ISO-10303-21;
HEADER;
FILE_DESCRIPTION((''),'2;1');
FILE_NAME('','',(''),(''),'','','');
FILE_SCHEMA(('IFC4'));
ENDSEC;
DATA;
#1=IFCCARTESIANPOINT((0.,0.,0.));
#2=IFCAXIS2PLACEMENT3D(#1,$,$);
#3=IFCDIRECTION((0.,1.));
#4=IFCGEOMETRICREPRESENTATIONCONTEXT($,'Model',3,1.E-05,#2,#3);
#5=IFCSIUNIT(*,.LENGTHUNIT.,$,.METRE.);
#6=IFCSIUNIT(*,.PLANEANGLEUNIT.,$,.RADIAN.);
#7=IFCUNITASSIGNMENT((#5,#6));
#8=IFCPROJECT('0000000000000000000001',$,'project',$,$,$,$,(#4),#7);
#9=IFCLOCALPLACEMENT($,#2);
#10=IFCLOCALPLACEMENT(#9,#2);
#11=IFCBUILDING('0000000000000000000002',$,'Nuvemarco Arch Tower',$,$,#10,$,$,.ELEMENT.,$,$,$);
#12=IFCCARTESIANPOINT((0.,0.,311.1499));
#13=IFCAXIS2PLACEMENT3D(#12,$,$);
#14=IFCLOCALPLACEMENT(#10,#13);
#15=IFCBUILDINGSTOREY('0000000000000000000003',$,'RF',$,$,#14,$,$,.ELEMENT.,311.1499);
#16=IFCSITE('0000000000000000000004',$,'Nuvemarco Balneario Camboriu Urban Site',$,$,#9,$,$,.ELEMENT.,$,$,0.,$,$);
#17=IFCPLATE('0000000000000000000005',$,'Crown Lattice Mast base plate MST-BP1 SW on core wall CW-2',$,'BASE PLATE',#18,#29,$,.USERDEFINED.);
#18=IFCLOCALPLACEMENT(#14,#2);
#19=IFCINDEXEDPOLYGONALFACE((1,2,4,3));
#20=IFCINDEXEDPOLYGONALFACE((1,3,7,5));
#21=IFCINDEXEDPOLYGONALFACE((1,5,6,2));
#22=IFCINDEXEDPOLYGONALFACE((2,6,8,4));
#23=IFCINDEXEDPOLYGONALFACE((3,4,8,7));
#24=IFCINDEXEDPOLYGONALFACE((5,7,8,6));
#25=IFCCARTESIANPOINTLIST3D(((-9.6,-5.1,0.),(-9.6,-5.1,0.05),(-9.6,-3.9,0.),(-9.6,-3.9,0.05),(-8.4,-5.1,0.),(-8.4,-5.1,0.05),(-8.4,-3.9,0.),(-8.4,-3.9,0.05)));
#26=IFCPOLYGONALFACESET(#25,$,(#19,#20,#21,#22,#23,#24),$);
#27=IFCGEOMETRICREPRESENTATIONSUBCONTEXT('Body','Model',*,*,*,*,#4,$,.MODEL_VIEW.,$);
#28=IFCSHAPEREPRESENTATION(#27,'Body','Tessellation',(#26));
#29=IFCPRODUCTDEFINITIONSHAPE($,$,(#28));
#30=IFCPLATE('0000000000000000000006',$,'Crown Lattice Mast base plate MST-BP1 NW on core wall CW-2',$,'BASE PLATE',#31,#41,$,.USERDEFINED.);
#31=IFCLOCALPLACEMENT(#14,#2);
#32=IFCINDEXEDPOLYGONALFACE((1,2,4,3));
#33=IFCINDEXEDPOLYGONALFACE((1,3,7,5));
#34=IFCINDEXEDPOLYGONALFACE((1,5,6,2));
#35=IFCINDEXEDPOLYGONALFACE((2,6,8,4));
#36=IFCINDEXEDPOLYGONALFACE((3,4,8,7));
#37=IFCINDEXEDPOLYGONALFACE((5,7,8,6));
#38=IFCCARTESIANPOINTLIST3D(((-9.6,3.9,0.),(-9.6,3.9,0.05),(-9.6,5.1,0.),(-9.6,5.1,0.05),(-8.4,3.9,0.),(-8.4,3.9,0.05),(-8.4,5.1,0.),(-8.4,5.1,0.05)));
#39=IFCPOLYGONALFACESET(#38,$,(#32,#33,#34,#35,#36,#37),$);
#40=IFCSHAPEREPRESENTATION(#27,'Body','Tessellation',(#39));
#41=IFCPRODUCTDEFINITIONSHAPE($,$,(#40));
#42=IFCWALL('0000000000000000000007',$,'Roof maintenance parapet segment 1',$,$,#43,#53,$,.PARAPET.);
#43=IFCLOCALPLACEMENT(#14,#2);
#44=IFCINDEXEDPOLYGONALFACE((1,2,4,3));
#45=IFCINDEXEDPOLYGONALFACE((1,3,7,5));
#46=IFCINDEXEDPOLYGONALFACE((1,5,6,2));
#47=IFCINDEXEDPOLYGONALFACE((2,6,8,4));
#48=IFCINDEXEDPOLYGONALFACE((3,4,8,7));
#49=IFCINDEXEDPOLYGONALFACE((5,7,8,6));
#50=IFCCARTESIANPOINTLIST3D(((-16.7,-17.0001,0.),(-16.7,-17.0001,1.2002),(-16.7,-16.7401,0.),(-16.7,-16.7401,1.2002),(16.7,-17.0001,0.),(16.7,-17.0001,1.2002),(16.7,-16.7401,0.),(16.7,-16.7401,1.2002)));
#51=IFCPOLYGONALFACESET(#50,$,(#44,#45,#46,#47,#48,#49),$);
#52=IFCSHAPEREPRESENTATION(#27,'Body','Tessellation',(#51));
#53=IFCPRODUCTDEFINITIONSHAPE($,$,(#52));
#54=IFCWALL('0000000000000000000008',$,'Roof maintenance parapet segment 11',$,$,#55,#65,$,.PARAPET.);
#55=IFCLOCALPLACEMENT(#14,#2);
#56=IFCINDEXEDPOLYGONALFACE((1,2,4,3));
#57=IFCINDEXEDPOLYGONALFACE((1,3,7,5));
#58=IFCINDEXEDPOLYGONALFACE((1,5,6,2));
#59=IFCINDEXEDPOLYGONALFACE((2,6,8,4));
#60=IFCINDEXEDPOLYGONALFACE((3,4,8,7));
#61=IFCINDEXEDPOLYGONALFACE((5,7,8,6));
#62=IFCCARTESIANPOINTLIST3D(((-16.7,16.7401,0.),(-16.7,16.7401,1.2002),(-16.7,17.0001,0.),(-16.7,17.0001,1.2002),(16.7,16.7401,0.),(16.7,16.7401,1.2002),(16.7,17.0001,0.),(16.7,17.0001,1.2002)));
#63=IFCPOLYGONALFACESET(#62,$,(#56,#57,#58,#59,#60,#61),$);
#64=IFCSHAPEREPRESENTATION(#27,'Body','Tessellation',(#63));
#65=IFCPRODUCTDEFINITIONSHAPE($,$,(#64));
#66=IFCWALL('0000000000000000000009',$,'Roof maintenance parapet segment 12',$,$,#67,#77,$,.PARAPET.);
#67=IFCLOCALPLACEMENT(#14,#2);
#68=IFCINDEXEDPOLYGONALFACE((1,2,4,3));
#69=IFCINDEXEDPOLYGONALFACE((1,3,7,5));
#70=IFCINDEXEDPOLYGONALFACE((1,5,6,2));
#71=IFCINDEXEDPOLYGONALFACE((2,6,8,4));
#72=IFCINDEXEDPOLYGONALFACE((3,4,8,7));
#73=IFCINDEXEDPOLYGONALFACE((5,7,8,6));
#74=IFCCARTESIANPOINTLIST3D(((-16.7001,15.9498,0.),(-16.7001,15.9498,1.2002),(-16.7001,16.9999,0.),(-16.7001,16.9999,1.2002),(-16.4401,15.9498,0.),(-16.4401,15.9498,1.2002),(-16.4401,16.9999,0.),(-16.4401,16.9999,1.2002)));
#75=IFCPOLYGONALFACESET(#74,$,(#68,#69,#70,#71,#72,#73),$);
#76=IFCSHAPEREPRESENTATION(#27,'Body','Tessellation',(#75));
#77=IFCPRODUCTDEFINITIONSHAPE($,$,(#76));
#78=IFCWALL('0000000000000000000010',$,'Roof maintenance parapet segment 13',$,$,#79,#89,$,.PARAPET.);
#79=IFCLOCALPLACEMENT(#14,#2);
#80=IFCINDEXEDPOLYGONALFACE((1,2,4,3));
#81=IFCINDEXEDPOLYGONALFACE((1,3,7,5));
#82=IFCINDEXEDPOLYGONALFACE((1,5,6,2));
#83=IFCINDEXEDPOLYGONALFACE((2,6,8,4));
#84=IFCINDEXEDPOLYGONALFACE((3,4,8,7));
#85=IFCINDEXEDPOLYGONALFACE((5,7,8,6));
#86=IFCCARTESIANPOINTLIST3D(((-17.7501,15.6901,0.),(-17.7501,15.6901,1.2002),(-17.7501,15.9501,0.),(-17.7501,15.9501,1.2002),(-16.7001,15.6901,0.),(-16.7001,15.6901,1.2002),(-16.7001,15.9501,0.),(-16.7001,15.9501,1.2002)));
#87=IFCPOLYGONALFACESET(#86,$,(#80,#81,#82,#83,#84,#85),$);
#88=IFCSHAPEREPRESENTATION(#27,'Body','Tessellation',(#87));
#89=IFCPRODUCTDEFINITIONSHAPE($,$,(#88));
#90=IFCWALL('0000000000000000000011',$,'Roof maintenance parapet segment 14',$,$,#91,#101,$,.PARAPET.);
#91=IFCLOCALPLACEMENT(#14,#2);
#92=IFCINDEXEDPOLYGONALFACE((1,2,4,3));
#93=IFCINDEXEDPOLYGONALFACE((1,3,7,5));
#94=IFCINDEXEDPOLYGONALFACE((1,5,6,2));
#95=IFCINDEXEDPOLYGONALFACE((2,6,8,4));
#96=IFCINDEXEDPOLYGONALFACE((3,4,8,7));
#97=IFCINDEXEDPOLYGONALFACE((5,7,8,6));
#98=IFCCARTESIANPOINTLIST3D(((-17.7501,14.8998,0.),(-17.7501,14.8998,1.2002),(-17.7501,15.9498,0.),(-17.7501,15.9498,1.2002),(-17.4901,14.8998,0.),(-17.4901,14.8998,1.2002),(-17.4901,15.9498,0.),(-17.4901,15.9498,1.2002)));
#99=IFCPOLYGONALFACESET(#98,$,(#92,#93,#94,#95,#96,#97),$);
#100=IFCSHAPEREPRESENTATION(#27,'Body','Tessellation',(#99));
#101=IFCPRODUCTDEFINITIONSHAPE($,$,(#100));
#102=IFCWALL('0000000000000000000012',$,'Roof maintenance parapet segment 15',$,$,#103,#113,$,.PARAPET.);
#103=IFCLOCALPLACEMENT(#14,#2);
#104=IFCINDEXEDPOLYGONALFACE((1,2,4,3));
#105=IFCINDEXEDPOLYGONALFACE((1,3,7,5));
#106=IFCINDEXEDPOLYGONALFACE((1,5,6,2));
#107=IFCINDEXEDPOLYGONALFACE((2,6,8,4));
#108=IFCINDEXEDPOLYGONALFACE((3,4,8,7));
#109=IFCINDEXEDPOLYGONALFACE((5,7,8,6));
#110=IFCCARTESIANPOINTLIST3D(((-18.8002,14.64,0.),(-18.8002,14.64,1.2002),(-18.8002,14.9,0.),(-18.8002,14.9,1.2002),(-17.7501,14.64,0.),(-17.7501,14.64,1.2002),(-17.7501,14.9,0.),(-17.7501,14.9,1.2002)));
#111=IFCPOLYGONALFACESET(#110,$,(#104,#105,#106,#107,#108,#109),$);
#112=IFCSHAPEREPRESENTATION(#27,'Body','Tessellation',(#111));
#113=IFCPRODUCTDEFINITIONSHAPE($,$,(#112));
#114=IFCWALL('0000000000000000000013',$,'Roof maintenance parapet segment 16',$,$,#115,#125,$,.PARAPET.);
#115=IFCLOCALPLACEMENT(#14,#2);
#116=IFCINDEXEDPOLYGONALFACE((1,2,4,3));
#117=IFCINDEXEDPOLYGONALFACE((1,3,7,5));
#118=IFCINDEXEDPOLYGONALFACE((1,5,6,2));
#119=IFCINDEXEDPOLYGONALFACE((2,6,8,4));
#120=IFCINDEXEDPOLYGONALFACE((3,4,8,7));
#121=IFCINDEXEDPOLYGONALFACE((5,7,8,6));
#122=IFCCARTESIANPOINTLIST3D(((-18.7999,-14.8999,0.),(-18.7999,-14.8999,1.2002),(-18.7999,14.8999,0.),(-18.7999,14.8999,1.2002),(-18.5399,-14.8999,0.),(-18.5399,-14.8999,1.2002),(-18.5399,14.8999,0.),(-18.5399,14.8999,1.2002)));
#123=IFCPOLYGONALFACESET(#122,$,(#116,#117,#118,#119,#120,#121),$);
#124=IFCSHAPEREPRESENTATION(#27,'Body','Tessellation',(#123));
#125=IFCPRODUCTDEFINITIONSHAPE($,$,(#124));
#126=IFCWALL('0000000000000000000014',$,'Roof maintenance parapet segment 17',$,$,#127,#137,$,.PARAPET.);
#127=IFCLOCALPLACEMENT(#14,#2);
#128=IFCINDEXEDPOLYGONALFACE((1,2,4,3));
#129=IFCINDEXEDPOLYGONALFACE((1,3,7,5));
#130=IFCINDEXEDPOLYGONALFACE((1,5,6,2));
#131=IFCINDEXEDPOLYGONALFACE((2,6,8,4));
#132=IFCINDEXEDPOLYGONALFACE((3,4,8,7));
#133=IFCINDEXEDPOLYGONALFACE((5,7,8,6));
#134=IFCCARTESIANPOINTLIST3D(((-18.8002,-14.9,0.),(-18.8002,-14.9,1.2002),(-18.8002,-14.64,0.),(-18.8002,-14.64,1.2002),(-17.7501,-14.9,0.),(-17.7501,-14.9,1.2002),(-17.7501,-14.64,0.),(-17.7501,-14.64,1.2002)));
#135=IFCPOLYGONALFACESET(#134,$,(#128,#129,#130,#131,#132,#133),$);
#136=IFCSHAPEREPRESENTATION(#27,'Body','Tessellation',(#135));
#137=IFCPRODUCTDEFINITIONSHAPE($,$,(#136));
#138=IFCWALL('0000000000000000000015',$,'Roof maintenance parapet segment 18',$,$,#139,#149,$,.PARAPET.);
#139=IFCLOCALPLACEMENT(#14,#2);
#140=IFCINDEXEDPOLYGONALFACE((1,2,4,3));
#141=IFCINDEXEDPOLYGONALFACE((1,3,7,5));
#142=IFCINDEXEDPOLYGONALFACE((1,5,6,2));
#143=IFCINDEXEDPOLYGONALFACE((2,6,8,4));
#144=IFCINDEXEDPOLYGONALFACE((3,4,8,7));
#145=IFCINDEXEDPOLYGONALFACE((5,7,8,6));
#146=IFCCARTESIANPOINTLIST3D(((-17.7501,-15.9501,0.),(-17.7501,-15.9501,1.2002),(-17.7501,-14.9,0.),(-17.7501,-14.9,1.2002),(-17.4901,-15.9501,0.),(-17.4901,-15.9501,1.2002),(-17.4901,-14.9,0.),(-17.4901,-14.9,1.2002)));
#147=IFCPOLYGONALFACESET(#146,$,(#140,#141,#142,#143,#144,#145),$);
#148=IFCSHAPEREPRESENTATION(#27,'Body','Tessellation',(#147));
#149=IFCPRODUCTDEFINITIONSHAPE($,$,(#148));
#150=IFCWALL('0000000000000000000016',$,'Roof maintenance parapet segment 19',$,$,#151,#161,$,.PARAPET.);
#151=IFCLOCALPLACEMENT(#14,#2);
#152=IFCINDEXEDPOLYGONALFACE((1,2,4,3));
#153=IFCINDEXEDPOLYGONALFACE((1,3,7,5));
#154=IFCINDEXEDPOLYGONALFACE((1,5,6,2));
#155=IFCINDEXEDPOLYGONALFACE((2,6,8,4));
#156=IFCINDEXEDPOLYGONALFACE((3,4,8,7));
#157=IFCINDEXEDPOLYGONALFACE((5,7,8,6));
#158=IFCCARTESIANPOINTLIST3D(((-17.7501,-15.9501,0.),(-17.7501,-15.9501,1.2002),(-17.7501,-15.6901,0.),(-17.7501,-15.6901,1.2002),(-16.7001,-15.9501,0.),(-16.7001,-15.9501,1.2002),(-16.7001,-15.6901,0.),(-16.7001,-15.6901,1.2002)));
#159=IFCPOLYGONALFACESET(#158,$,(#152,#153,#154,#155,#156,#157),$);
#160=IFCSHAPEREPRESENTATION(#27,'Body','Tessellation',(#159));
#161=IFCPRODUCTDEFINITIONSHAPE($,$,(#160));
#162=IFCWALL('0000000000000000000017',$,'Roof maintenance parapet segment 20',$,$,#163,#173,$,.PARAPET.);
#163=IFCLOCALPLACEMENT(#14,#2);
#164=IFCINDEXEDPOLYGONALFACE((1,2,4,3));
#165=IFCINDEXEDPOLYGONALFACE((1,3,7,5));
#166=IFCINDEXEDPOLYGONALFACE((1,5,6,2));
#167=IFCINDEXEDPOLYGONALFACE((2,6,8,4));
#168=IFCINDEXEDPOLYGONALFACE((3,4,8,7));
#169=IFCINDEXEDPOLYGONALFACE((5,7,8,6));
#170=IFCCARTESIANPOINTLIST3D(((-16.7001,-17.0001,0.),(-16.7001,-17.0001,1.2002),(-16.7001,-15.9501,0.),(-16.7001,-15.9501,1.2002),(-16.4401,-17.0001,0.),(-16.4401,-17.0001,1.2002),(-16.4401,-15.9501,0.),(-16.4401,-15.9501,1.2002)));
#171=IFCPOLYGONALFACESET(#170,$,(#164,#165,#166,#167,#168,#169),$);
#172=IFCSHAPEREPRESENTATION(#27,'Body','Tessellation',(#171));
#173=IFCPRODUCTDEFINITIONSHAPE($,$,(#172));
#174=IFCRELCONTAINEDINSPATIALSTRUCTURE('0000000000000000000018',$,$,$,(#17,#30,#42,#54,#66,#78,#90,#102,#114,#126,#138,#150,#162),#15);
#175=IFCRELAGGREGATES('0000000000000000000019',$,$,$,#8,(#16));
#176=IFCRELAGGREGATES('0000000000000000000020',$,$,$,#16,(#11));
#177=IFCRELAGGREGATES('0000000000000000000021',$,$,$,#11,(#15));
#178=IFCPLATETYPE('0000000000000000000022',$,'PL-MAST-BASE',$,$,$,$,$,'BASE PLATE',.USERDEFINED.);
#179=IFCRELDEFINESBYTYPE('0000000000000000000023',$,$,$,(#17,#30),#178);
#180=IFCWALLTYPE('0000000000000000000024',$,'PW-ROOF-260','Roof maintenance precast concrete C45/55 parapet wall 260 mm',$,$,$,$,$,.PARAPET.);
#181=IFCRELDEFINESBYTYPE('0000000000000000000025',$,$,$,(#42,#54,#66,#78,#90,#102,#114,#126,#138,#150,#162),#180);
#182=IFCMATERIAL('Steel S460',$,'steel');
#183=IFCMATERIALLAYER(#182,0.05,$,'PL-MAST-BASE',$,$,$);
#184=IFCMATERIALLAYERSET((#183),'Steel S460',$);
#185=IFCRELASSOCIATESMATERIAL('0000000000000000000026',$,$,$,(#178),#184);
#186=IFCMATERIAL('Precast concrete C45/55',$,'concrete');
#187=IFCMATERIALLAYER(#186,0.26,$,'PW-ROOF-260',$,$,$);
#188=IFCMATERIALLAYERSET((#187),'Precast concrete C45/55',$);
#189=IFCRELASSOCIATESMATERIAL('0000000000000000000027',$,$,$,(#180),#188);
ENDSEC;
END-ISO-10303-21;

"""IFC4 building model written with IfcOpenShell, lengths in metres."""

from ifc_helpers import new_model, si_unit, direction, frame, frame_2d, origin, origin_2d, place, context, subcontext, project, spatial, rectangle, extrude, source, transform, mapped, material, layer, layer_set, type_object, type_shapes, element, save


model = new_model("IFC4")

# Units and contexts
model_context = context("Model", 3, precision=1e-05, world=origin(), true_north=direction((0.0, 1.0)))
body_context = subcontext(model_context, "Body", "Model", "MODEL_VIEW")
ifc_project = project(units=[si_unit("LENGTHUNIT", "METRE"), si_unit("PLANEANGLEUNIT", "RADIAN")], contexts=[model_context])

# Site, building, storey
site_placement = place(None, origin())
site = spatial("IfcSite", under=ifc_project, at=site_placement, Name="Nuvemarco Balneario Camboriu Urban Site", CompositionType="ELEMENT", RefElevation=0.0)
building_placement = place(site_placement, origin())
building = spatial("IfcBuilding", under=site, at=building_placement, Name="Nuvemarco Arch Tower", CompositionType="ELEMENT")
storey_placement = place(building_placement, frame((0.0, 0.0, 311.1499)))
storey = spatial("IfcBuildingStorey", under=building, at=storey_placement, Name="RF", CompositionType="ELEMENT", Elevation=311.1499)

# Plates
ifc_material_1 = material(Name="Steel S460", Category="steel")
ifc_layer_1 = layer(ifc_material_1, 0.05, Name="PL-MAST-BASE")
ifc_layer_set_1 = layer_set([ifc_layer_1], Name="Steel S460")
plate_type_1 = type_object("IfcPlateType", Name="PL-MAST-BASE", ElementType="BASE PLATE", PredefinedType="USERDEFINED", material=ifc_layer_set_1)
shared_shape_1 = source(origin(), body_context, "Body", "SweptSolid", [
    extrude(rectangle(XDim=1.2, YDim=1.2, at=origin_2d()), origin(), (0.0, 0.0, 1.0), 0.05),
])
type_shapes(plate_type_1, [shared_shape_1])
for number, where, z_axis, x_axis, name in (
    (1, (-9.0, -4.5, 0.0), (0.0, 0.0, 1.0), (1.0, 0.0, 0.0), "Crown Lattice Mast base plate MST-BP1 SW on core wall CW-2"),
    (2, (-9.0, 4.5, 0.0), (0.0, 0.0, 1.0), (1.0, 0.0, 0.0), "Crown Lattice Mast base plate MST-BP1 NW on core wall CW-2"),
):
    element("IfcPlate", number, at=place(storey_placement, frame(where, z_axis=z_axis, x_axis=x_axis)), inside=storey, type_object=plate_type_1, Name=name, ObjectType="BASE PLATE", PredefinedType="USERDEFINED", context=body_context, shape_type="MappedRepresentation", body=[
        mapped(shared_shape_1, transform((0.0, 0.0, 0.0), scale=1.0)),
    ])

# Walls
ifc_material_2 = material(Name="Precast concrete C45/55", Category="concrete")
ifc_layer_2 = layer(ifc_material_2, 0.26, Name="PW-ROOF-260")
ifc_layer_set_2 = layer_set([ifc_layer_2], Name="Precast concrete C45/55")
wall_type = type_object("IfcWallType", Name="PW-ROOF-260", Description="Roof maintenance precast concrete C45/55 parapet wall 260 mm", PredefinedType="PARAPET", material=ifc_layer_set_2)
for number, where, z_axis, x_axis, name in (
    (3, (-16.7, -16.8701, 0.0), (0.0, 0.0, 1.0), (1.0, 0.0, 0.0), "Roof maintenance parapet segment 1"),
    (4, (-16.7, 16.8701, 0.0), (0.0, 0.0, 1.0), (1.0, 0.0, 0.0), "Roof maintenance parapet segment 11"),
):
    element("IfcWall", number, at=place(storey_placement, frame(where, z_axis=z_axis, x_axis=x_axis)), inside=storey, type_object=wall_type, Name=name, PredefinedType="PARAPET", context=body_context, shape_type="SweptSolid", body=[
        extrude(rectangle(XDim=33.3999, YDim=0.26, at=frame_2d((16.7, 0.0))), origin(), (0.0, 0.0, 1.0), 1.2002),
    ])
for number, where, z_axis, x_axis, name in (
    (5, (-16.5701, 15.95, 0.0), (0.0, 0.0, 1.0), (0.0, 1.0, 0.0), "Roof maintenance parapet segment 12"),
    (6, (-17.75, 15.8201, 0.0), (0.0, 0.0, 1.0), (1.0, 0.0, 0.0), "Roof maintenance parapet segment 13"),
    (7, (-17.6201, 14.8999, 0.0), (0.0, 0.0, 1.0), (0.0, 1.0, 0.0), "Roof maintenance parapet segment 14"),
    (8, (-18.8, 14.77, 0.0), (0.0, 0.0, 1.0), (1.0, 0.0, 0.0), "Roof maintenance parapet segment 15"),
):
    element("IfcWall", number, at=place(storey_placement, frame(where, z_axis=z_axis, x_axis=x_axis)), inside=storey, type_object=wall_type, Name=name, PredefinedType="PARAPET", context=body_context, shape_type="SweptSolid", body=[
        extrude(rectangle(XDim=1.05, YDim=0.26, at=frame_2d((0.5249, 0.0))), origin(), (0.0, 0.0, 1.0), 1.2002),
    ])
wall_placement = place(storey_placement, frame((-18.6699, -14.8999, 0.0), z_axis=(0.0, 0.0, 1.0), x_axis=(0.0, 1.0, 0.0)))
element("IfcWall", 9, at=wall_placement, inside=storey, type_object=wall_type, Name="Roof maintenance parapet segment 16", PredefinedType="PARAPET", context=body_context, shape_type="SweptSolid", body=[
    extrude(rectangle(XDim=29.7998, YDim=0.26, at=frame_2d((14.8999, 0.0))), origin(), (0.0, 0.0, 1.0), 1.2002),
])
for number, where, z_axis, x_axis, name in (
    (10, (-18.8, -14.77, 0.0), (0.0, 0.0, 1.0), (1.0, 0.0, 0.0), "Roof maintenance parapet segment 17"),
    (11, (-17.6201, -15.95, 0.0), (0.0, 0.0, 1.0), (0.0, 1.0, 0.0), "Roof maintenance parapet segment 18"),
    (12, (-17.75, -15.8201, 0.0), (0.0, 0.0, 1.0), (1.0, 0.0, 0.0), "Roof maintenance parapet segment 19"),
    (13, (-16.5701, -17.0, 0.0), (0.0, 0.0, 1.0), (0.0, 1.0, 0.0), "Roof maintenance parapet segment 20"),
):
    element("IfcWall", number, at=place(storey_placement, frame(where, z_axis=z_axis, x_axis=x_axis)), inside=storey, type_object=wall_type, Name=name, PredefinedType="PARAPET", context=body_context, shape_type="SweptSolid", body=[
        extrude(rectangle(XDim=1.05, YDim=0.26, at=frame_2d((0.5249, 0.0))), origin(), (0.0, 0.0, 1.0), 1.2002),
    ])

save(model, "model.ifc")
